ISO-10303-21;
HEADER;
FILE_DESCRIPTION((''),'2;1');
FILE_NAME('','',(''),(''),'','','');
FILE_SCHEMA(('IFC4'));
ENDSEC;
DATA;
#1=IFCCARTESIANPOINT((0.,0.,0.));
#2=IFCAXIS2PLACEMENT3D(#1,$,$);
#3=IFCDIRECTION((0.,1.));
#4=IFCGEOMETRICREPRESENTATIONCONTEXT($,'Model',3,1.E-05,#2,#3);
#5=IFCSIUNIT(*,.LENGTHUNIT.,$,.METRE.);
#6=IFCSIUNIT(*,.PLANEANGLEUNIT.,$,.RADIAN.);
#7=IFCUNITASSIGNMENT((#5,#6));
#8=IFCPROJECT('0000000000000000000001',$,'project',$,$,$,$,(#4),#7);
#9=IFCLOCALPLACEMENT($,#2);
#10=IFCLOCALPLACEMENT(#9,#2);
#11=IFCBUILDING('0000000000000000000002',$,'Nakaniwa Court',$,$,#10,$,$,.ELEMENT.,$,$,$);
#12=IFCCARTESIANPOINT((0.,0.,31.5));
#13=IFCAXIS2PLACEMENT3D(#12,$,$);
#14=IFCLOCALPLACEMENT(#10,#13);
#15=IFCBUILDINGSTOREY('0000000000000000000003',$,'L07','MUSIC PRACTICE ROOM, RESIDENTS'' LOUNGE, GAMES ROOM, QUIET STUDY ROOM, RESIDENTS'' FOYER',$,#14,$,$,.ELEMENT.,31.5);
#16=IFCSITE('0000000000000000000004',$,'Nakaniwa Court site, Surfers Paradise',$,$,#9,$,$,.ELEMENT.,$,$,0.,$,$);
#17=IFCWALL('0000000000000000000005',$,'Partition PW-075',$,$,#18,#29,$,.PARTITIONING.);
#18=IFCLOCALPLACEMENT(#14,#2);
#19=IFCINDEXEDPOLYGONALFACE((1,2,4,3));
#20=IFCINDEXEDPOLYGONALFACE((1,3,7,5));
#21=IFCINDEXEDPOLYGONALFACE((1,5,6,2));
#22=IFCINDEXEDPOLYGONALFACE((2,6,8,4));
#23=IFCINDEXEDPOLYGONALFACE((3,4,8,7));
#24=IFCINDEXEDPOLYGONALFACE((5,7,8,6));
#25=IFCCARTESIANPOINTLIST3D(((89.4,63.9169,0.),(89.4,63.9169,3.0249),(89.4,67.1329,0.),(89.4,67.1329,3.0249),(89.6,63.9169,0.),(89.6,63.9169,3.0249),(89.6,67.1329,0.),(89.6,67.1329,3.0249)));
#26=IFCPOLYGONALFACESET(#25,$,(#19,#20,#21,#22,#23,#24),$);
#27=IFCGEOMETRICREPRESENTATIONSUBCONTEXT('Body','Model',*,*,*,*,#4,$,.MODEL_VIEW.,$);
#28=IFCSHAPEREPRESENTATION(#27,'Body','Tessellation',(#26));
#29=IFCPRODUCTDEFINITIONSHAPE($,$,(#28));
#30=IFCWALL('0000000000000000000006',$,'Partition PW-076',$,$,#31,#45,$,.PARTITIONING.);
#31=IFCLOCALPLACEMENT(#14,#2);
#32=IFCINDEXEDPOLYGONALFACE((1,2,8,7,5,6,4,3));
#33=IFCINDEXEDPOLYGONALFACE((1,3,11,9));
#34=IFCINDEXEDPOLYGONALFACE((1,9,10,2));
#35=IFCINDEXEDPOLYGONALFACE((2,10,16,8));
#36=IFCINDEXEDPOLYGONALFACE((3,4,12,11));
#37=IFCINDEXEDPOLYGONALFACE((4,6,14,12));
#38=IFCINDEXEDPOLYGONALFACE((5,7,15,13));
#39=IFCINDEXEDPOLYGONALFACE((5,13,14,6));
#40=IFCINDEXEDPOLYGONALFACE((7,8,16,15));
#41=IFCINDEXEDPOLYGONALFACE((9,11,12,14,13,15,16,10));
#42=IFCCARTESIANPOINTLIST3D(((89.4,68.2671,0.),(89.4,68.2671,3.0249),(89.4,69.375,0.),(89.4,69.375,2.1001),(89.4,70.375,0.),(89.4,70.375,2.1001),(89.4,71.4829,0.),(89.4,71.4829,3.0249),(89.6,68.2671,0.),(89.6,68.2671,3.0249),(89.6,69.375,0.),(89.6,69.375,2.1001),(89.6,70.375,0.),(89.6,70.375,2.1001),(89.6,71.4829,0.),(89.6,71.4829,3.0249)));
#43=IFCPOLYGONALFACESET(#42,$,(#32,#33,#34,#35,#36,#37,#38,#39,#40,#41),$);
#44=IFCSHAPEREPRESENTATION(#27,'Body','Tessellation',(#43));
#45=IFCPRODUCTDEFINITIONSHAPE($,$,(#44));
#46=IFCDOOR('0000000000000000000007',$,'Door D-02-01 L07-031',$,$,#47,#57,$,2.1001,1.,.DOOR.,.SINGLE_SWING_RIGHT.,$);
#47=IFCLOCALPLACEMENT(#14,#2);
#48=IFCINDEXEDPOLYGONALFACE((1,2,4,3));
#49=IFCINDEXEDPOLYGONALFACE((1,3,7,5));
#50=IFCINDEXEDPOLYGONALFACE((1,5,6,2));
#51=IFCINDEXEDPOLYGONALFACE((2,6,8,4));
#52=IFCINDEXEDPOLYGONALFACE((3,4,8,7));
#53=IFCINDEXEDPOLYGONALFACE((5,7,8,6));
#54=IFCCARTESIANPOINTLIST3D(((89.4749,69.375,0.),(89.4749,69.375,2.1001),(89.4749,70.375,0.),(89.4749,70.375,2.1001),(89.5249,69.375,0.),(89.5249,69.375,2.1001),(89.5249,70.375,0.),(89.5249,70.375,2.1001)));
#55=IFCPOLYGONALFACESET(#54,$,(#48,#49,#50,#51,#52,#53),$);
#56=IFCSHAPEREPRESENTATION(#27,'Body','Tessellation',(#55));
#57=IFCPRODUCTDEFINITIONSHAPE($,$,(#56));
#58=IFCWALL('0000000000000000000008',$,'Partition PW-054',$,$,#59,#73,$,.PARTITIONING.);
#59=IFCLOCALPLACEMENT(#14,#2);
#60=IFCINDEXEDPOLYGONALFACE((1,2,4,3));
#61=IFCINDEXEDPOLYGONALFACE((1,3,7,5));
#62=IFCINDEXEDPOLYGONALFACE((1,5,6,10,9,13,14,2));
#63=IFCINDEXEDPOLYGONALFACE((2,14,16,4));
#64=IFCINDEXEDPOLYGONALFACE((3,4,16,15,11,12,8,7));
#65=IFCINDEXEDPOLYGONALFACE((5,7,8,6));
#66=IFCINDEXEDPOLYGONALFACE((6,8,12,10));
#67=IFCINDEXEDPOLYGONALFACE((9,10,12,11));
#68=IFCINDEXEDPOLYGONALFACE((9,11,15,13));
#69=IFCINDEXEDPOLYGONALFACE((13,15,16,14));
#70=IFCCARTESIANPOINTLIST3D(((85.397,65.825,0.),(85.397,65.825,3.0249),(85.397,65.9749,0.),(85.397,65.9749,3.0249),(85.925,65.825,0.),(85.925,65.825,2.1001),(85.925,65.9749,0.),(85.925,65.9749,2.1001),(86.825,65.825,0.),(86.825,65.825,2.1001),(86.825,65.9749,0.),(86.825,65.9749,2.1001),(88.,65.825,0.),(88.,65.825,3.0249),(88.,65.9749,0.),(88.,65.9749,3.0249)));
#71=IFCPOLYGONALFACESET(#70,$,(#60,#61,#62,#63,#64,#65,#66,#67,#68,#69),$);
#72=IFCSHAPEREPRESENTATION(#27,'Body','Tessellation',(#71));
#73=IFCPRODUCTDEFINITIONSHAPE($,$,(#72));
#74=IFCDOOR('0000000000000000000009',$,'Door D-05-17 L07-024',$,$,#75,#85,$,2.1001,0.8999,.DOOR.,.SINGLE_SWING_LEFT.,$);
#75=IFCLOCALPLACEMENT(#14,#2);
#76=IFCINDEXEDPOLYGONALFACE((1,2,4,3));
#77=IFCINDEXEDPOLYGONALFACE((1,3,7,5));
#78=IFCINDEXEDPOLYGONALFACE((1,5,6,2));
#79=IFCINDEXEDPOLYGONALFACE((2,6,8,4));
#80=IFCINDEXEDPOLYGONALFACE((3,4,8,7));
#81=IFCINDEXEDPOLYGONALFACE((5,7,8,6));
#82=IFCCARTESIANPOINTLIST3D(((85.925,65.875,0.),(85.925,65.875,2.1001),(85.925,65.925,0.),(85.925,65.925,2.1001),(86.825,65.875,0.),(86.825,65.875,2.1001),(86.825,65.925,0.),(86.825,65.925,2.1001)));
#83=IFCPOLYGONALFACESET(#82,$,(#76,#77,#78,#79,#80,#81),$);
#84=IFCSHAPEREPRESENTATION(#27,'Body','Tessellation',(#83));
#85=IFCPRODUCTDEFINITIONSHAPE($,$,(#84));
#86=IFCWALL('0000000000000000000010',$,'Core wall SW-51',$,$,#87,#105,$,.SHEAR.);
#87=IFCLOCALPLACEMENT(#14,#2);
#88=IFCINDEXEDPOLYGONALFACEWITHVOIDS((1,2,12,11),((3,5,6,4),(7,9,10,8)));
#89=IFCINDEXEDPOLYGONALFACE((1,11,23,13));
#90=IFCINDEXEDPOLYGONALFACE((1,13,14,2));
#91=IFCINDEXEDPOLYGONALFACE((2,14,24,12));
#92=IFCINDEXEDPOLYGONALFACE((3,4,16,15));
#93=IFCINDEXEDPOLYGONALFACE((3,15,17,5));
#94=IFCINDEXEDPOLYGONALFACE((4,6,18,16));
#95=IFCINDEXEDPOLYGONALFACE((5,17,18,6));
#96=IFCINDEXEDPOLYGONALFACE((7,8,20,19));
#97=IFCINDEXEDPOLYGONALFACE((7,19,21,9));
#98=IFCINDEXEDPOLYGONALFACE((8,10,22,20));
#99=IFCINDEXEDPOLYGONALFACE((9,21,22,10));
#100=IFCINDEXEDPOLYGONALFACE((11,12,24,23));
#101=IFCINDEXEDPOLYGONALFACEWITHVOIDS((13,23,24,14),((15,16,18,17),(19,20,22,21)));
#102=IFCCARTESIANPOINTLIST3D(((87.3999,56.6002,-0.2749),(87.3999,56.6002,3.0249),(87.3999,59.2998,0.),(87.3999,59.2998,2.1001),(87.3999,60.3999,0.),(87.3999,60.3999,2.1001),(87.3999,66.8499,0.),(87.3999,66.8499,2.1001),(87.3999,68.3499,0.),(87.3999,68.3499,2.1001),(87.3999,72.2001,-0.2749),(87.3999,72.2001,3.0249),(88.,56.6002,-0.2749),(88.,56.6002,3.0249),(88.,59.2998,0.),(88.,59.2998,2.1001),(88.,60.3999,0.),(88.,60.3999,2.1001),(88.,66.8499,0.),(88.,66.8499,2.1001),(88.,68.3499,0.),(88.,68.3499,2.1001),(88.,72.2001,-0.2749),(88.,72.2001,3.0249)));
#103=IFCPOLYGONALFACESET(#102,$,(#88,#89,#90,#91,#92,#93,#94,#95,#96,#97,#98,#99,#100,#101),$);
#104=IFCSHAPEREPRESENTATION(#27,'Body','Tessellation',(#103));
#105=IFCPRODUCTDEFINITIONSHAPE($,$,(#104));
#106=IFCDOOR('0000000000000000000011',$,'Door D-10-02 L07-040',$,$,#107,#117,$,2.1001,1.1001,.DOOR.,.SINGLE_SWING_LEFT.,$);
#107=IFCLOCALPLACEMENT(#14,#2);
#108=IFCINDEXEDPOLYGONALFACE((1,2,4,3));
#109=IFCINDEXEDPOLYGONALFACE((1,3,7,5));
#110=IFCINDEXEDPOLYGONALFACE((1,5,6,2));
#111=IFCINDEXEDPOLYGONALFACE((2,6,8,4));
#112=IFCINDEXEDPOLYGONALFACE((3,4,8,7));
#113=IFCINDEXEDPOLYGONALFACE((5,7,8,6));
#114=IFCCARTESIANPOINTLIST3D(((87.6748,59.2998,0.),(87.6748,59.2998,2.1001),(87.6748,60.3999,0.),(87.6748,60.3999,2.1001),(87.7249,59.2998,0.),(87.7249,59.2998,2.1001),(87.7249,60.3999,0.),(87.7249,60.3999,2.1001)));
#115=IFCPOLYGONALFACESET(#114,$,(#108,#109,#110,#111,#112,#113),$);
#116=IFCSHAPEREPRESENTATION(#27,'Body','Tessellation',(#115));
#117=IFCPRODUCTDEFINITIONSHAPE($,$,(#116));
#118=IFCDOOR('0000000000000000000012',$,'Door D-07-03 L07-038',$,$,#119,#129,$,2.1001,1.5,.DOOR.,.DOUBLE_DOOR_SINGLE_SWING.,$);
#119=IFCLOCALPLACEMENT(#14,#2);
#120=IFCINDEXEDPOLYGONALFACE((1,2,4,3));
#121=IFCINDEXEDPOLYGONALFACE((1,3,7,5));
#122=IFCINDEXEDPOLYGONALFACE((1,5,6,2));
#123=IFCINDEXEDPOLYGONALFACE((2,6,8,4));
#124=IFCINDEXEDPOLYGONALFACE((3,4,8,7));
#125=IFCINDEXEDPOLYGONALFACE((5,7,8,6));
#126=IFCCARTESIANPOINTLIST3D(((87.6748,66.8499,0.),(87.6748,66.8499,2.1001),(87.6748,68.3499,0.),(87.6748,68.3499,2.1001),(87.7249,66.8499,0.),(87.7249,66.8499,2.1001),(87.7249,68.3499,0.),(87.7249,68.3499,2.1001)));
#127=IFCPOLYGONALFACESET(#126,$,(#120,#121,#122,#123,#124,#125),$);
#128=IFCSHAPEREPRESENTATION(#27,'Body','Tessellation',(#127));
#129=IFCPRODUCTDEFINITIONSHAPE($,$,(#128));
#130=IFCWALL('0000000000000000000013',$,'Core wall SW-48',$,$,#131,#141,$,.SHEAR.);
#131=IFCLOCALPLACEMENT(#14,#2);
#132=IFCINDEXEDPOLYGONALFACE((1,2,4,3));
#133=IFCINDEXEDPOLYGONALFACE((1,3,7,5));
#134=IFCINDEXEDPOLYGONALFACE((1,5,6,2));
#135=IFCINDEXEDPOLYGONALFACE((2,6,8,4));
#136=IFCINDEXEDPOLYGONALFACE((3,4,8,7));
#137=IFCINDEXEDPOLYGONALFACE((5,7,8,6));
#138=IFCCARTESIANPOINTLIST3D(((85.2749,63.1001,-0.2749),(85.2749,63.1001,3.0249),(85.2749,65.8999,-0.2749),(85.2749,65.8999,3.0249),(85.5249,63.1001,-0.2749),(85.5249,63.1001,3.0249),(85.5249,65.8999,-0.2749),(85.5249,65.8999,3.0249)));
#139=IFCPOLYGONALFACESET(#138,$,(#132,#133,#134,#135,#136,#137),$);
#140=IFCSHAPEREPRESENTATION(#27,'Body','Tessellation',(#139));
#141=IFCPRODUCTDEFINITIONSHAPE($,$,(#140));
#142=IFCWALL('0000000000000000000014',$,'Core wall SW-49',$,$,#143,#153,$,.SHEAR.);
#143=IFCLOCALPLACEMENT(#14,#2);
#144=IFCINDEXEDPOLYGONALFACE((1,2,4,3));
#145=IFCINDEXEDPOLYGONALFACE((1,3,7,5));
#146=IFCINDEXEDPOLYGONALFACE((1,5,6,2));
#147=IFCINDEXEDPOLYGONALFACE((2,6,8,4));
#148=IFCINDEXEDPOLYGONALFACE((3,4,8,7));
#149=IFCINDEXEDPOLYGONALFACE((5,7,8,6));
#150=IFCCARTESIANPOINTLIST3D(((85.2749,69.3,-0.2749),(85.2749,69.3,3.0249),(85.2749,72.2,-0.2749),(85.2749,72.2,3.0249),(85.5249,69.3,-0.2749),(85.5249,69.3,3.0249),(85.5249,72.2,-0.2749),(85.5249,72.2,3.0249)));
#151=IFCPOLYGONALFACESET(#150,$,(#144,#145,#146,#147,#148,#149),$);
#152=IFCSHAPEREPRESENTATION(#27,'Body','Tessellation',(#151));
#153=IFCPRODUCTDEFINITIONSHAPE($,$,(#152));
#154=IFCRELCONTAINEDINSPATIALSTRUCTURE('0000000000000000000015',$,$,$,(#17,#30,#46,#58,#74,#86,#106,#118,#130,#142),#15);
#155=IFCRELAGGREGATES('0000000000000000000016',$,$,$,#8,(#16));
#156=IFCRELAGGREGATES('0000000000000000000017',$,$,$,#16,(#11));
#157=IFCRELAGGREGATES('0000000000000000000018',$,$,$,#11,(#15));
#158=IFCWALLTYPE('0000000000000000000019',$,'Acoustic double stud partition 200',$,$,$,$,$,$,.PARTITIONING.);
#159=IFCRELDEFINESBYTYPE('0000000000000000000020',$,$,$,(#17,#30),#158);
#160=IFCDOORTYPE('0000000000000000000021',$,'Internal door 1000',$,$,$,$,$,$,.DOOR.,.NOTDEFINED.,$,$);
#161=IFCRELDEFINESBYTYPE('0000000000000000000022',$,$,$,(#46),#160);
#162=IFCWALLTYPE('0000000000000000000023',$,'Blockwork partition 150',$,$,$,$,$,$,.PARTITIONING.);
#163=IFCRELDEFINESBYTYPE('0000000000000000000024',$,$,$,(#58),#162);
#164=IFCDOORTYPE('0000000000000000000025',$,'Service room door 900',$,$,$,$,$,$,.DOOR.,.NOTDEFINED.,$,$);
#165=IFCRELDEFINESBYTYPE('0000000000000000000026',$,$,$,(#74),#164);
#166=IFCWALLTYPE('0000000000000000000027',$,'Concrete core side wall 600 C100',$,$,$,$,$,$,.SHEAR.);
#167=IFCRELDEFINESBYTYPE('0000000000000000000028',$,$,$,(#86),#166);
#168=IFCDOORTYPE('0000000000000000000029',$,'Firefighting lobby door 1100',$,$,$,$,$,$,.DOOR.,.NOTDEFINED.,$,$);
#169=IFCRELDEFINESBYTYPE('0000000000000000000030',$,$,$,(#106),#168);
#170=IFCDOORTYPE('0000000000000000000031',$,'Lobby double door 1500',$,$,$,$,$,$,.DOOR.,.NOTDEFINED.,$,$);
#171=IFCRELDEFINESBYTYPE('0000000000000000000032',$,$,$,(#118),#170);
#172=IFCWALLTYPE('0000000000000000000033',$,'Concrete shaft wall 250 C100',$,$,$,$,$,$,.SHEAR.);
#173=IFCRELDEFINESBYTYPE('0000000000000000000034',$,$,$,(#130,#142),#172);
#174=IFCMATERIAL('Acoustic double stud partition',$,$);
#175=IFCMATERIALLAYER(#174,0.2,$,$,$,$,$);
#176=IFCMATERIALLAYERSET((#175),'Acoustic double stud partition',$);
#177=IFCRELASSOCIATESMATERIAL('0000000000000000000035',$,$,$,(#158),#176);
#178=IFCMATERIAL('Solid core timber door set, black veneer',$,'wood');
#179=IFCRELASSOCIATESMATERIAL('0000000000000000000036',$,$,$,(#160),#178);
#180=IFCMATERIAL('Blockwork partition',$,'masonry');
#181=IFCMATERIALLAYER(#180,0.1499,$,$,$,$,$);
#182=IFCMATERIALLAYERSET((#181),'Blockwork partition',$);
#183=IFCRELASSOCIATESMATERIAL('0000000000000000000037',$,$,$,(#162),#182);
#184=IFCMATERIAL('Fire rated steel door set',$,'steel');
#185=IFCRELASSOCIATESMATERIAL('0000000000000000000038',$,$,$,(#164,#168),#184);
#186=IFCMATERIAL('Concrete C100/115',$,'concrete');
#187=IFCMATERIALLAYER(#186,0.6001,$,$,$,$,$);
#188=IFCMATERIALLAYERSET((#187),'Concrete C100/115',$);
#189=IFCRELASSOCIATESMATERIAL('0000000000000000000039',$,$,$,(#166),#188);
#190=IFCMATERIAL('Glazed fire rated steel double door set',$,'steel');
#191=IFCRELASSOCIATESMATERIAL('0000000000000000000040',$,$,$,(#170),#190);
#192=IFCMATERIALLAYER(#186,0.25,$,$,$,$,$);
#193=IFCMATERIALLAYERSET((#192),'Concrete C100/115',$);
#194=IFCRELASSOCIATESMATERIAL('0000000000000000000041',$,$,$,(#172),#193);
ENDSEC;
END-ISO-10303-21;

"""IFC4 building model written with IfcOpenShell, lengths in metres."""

from ifc_helpers import new_model, si_unit, direction, frame, frame_2d, origin, place, context, subcontext, project, spatial, rectangle, extrude, material, layer, layer_set, type_object, element, fill, save


model = new_model("IFC4")

# Units and contexts
model_context = context("Model", 3, precision=1e-05, world=origin(), true_north=direction((0.0, 1.0)))
body_context = subcontext(model_context, "Body", "Model", "MODEL_VIEW")
ifc_project = project(units=[si_unit("LENGTHUNIT", "METRE"), si_unit("PLANEANGLEUNIT", "RADIAN")], contexts=[model_context])

# Site, building, storey
site_placement = place(None, origin())
site = spatial("IfcSite", under=ifc_project, at=site_placement, Name="Nakaniwa Court site, Surfers Paradise", CompositionType="ELEMENT", RefElevation=0.0)
building_placement = place(site_placement, origin())
building = spatial("IfcBuilding", under=site, at=building_placement, Name="Nakaniwa Court", CompositionType="ELEMENT")
storey_placement = place(building_placement, frame((0.0, 0.0, 31.5)))
storey = spatial("IfcBuildingStorey", under=building, at=storey_placement, Name="L07", Description="MUSIC PRACTICE ROOM, RESIDENTS' LOUNGE, GAMES ROOM, QUIET STUDY ROOM, RESIDENTS' FOYER", CompositionType="ELEMENT", Elevation=31.5)

# Wall
ifc_material_1 = material(Name="Acoustic double stud partition")
ifc_layer_1 = layer(ifc_material_1, 0.2)
ifc_layer_set_1 = layer_set([ifc_layer_1], Name="Acoustic double stud partition")
wall_type_1 = type_object("IfcWallType", Name="Acoustic double stud partition 200", PredefinedType="PARTITIONING", material=ifc_layer_set_1)
wall_1_placement = place(storey_placement, frame((89.5, 63.917, 0.0), z_axis=(0.0, 0.0, 1.0), x_axis=(0.0, 1.0, 0.0)))
element("IfcWall", 1, at=wall_1_placement, inside=storey, type_object=wall_type_1, Name="Partition PW-075", PredefinedType="PARTITIONING", context=body_context, shape_type="SweptSolid", body=[
    extrude(rectangle(XDim=3.2161, YDim=0.2, at=frame_2d((1.6079, 0.0))), origin(), (0.0, 0.0, 1.0), 3.0249),
])

# Walls, openings, doors
wall_2_placement = place(storey_placement, frame((89.5, 71.4829, 0.0), z_axis=(0.0, 0.0, 1.0), x_axis=(0.0, -1.0, 0.0)))
wall_2 = element("IfcWall", 2, at=wall_2_placement, inside=storey, type_object=wall_type_1, Name="Partition PW-076", PredefinedType="PARTITIONING", context=body_context, shape_type="SweptSolid", body=[
    extrude(rectangle(XDim=3.2158, YDim=0.2, at=frame_2d((1.6079, 0.0))), origin(), (0.0, 0.0, 1.0), 3.0249),
])
opening_1_placement = place(wall_2_placement, frame((1.1079, 0.0, 0.0)))
opening_1 = element("IfcOpeningElement", 3, at=opening_1_placement, cuts=wall_2, PredefinedType="OPENING", context=body_context, shape_type="SweptSolid", body=[
    extrude(rectangle(XDim=1.0, YDim=2.1001, at=frame_2d((0.5, 1.05))), frame((0.0, 0.1099, 0.0), z_axis=(0.0, -1.0, 0.0), x_axis=(1.0, 0.0, 0.0)), (0.0, 0.0, 1.0), 0.22),
])
ifc_material_2 = material(Name="Solid core timber door set, black veneer", Category="wood")
door_type_1 = type_object("IfcDoorType", Name="Internal door 1000", OperationType="NOTDEFINED", PredefinedType="DOOR", material=ifc_material_2)
door_1_placement = place(opening_1_placement, origin())
door_1 = element("IfcDoor", 4, at=door_1_placement, inside=storey, type_object=door_type_1, Name="Door D-02-01 L07-031", OperationType="SINGLE_SWING_RIGHT", OverallHeight=2.1001, OverallWidth=1.0, PredefinedType="DOOR", context=body_context, shape_type="SweptSolid", body=[
    extrude(rectangle(XDim=1.0, YDim=2.1001, at=frame_2d((0.5, 1.05))), frame((0.0, 0.0249, 0.0), z_axis=(0.0, -1.0, 0.0), x_axis=(1.0, 0.0, 0.0)), (0.0, 0.0, 1.0), 0.05),
])
fill(opening_1, door_1)
ifc_material_3 = material(Name="Blockwork partition", Category="masonry")
ifc_layer_2 = layer(ifc_material_3, 0.1499)
ifc_layer_set_2 = layer_set([ifc_layer_2], Name="Blockwork partition")
wall_type_2 = type_object("IfcWallType", Name="Blockwork partition 150", PredefinedType="PARTITIONING", material=ifc_layer_set_2)
wall_3_placement = place(storey_placement, frame((88.0, 65.8999, 0.0), z_axis=(0.0, 0.0, 1.0), x_axis=(-1.0, 0.0, 0.0)))
wall_3 = element("IfcWall", 5, at=wall_3_placement, inside=storey, type_object=wall_type_2, Name="Partition PW-054", PredefinedType="PARTITIONING", context=body_context, shape_type="SweptSolid", body=[
    extrude(rectangle(XDim=2.603, YDim=0.1499, at=frame_2d((1.3015, 0.0))), origin(), (0.0, 0.0, 1.0), 3.0249),
])
opening_2_placement = place(wall_3_placement, frame((1.175, 0.0, 0.0)))
opening_2 = element("IfcOpeningElement", 6, at=opening_2_placement, cuts=wall_3, PredefinedType="OPENING", context=body_context, shape_type="SweptSolid", body=[
    extrude(rectangle(XDim=0.8999, YDim=2.1001, at=frame_2d((0.45, 1.05))), frame((0.0, 0.085, 0.0), z_axis=(0.0, -1.0, 0.0), x_axis=(1.0, 0.0, 0.0)), (0.0, 0.0, 1.0), 0.1699),
])
ifc_material_4 = material(Name="Fire rated steel door set", Category="steel")
door_type_2 = type_object("IfcDoorType", Name="Service room door 900", OperationType="NOTDEFINED", PredefinedType="DOOR", material=ifc_material_4)
door_2_placement = place(opening_2_placement, origin())
door_2 = element("IfcDoor", 7, at=door_2_placement, inside=storey, type_object=door_type_2, Name="Door D-05-17 L07-024", OperationType="SINGLE_SWING_LEFT", OverallHeight=2.1001, OverallWidth=0.8999, PredefinedType="DOOR", context=body_context, shape_type="SweptSolid", body=[
    extrude(rectangle(XDim=0.8999, YDim=2.1001, at=frame_2d((0.45, 1.05))), frame((0.0, 0.0249, 0.0), z_axis=(0.0, -1.0, 0.0), x_axis=(1.0, 0.0, 0.0)), (0.0, 0.0, 1.0), 0.05),
])
fill(opening_2, door_2)

# Wall, openings, doors
ifc_material_5 = material(Name="Concrete C100/115", Category="concrete")
ifc_layer_3 = layer(ifc_material_5, 0.6001)
ifc_layer_set_3 = layer_set([ifc_layer_3], Name="Concrete C100/115")
wall_type_3 = type_object("IfcWallType", Name="Concrete core side wall 600 C100", PredefinedType="SHEAR", material=ifc_layer_set_3)
wall_4_placement = place(storey_placement, frame((87.7, 72.2, -0.2749), z_axis=(0.0, 0.0, 1.0), x_axis=(0.0, -1.0, 0.0)))
wall_4 = element("IfcWall", 8, at=wall_4_placement, inside=storey, type_object=wall_type_3, Name="Core wall SW-51", PredefinedType="SHEAR", context=body_context, shape_type="SweptSolid", body=[
    extrude(rectangle(XDim=15.5999, YDim=0.6001, at=frame_2d((7.7998, 0.0))), origin(), (0.0, 0.0, 1.0), 3.2998),
])
opening_3_placement = place(wall_4_placement, frame((3.8501, 0.0, 0.2749)))
opening_3 = element("IfcOpeningElement", 9, at=opening_3_placement, cuts=wall_4, PredefinedType="OPENING", context=body_context, shape_type="SweptSolid", body=[
    extrude(rectangle(XDim=1.5, YDim=2.1001, at=frame_2d((0.75, 1.05))), frame((0.0, 0.3101, 0.0), z_axis=(0.0, -1.0, 0.0), x_axis=(1.0, 0.0, 0.0)), (0.0, 0.0, 1.0), 0.6201),
])
opening_4_placement = place(wall_4_placement, frame((11.8, 0.0, 0.2749)))
opening_4 = element("IfcOpeningElement", 10, at=opening_4_placement, cuts=wall_4, PredefinedType="OPENING", context=body_context, shape_type="SweptSolid", body=[
    extrude(rectangle(XDim=1.1001, YDim=2.1001, at=frame_2d((0.55, 1.05))), frame((0.0, 0.3101, 0.0), z_axis=(0.0, -1.0, 0.0), x_axis=(1.0, 0.0, 0.0)), (0.0, 0.0, 1.0), 0.6201),
])
door_type_3 = type_object("IfcDoorType", Name="Firefighting lobby door 1100", OperationType="NOTDEFINED", PredefinedType="DOOR", material=ifc_material_4)
door_3_placement = place(opening_4_placement, origin())
door_3 = element("IfcDoor", 11, at=door_3_placement, inside=storey, type_object=door_type_3, Name="Door D-10-02 L07-040", OperationType="SINGLE_SWING_LEFT", OverallHeight=2.1001, OverallWidth=1.1001, PredefinedType="DOOR", context=body_context, shape_type="SweptSolid", body=[
    extrude(rectangle(XDim=1.1001, YDim=2.1001, at=frame_2d((0.55, 1.05))), frame((0.0, 0.0249, 0.0), z_axis=(0.0, -1.0, 0.0), x_axis=(1.0, 0.0, 0.0)), (0.0, 0.0, 1.0), 0.05),
])
fill(opening_4, door_3)
ifc_material_6 = material(Name="Glazed fire rated steel double door set", Category="steel")
door_type_4 = type_object("IfcDoorType", Name="Lobby double door 1500", OperationType="NOTDEFINED", PredefinedType="DOOR", material=ifc_material_6)
door_4_placement = place(opening_3_placement, origin())
door_4 = element("IfcDoor", 12, at=door_4_placement, inside=storey, type_object=door_type_4, Name="Door D-07-03 L07-038", OperationType="DOUBLE_DOOR_SINGLE_SWING", OverallHeight=2.1001, OverallWidth=1.5, PredefinedType="DOOR", context=body_context, shape_type="SweptSolid", body=[
    extrude(rectangle(XDim=1.5, YDim=2.1001, at=frame_2d((0.75, 1.05))), frame((0.0, 0.0249, 0.0), z_axis=(0.0, -1.0, 0.0), x_axis=(1.0, 0.0, 0.0)), (0.0, 0.0, 1.0), 0.05),
])
fill(opening_3, door_4)

# Walls
ifc_layer_4 = layer(ifc_material_5, 0.25)
ifc_layer_set_4 = layer_set([ifc_layer_4], Name="Concrete C100/115")
wall_type_4 = type_object("IfcWallType", Name="Concrete shaft wall 250 C100", PredefinedType="SHEAR", material=ifc_layer_set_4)
wall_5_placement = place(storey_placement, frame((85.3999, 63.1001, -0.2749), z_axis=(0.0, 0.0, 1.0), x_axis=(0.0, 1.0, 0.0)))
element("IfcWall", 13, at=wall_5_placement, inside=storey, type_object=wall_type_4, Name="Core wall SW-48", PredefinedType="SHEAR", context=body_context, shape_type="SweptSolid", body=[
    extrude(rectangle(XDim=2.7998, YDim=0.25, at=frame_2d((1.3999, 0.0))), origin(), (0.0, 0.0, 1.0), 3.2998),
])
wall_6_placement = place(storey_placement, frame((85.3999, 69.3, -0.2749), z_axis=(0.0, 0.0, 1.0), x_axis=(0.0, 1.0, 0.0)))
element("IfcWall", 14, at=wall_6_placement, inside=storey, type_object=wall_type_4, Name="Core wall SW-49", PredefinedType="SHEAR", context=body_context, shape_type="SweptSolid", body=[
    extrude(rectangle(XDim=2.8999, YDim=0.25, at=frame_2d((1.45, 0.0))), origin(), (0.0, 0.0, 1.0), 3.2998),
])

save(model, "model.ifc")
